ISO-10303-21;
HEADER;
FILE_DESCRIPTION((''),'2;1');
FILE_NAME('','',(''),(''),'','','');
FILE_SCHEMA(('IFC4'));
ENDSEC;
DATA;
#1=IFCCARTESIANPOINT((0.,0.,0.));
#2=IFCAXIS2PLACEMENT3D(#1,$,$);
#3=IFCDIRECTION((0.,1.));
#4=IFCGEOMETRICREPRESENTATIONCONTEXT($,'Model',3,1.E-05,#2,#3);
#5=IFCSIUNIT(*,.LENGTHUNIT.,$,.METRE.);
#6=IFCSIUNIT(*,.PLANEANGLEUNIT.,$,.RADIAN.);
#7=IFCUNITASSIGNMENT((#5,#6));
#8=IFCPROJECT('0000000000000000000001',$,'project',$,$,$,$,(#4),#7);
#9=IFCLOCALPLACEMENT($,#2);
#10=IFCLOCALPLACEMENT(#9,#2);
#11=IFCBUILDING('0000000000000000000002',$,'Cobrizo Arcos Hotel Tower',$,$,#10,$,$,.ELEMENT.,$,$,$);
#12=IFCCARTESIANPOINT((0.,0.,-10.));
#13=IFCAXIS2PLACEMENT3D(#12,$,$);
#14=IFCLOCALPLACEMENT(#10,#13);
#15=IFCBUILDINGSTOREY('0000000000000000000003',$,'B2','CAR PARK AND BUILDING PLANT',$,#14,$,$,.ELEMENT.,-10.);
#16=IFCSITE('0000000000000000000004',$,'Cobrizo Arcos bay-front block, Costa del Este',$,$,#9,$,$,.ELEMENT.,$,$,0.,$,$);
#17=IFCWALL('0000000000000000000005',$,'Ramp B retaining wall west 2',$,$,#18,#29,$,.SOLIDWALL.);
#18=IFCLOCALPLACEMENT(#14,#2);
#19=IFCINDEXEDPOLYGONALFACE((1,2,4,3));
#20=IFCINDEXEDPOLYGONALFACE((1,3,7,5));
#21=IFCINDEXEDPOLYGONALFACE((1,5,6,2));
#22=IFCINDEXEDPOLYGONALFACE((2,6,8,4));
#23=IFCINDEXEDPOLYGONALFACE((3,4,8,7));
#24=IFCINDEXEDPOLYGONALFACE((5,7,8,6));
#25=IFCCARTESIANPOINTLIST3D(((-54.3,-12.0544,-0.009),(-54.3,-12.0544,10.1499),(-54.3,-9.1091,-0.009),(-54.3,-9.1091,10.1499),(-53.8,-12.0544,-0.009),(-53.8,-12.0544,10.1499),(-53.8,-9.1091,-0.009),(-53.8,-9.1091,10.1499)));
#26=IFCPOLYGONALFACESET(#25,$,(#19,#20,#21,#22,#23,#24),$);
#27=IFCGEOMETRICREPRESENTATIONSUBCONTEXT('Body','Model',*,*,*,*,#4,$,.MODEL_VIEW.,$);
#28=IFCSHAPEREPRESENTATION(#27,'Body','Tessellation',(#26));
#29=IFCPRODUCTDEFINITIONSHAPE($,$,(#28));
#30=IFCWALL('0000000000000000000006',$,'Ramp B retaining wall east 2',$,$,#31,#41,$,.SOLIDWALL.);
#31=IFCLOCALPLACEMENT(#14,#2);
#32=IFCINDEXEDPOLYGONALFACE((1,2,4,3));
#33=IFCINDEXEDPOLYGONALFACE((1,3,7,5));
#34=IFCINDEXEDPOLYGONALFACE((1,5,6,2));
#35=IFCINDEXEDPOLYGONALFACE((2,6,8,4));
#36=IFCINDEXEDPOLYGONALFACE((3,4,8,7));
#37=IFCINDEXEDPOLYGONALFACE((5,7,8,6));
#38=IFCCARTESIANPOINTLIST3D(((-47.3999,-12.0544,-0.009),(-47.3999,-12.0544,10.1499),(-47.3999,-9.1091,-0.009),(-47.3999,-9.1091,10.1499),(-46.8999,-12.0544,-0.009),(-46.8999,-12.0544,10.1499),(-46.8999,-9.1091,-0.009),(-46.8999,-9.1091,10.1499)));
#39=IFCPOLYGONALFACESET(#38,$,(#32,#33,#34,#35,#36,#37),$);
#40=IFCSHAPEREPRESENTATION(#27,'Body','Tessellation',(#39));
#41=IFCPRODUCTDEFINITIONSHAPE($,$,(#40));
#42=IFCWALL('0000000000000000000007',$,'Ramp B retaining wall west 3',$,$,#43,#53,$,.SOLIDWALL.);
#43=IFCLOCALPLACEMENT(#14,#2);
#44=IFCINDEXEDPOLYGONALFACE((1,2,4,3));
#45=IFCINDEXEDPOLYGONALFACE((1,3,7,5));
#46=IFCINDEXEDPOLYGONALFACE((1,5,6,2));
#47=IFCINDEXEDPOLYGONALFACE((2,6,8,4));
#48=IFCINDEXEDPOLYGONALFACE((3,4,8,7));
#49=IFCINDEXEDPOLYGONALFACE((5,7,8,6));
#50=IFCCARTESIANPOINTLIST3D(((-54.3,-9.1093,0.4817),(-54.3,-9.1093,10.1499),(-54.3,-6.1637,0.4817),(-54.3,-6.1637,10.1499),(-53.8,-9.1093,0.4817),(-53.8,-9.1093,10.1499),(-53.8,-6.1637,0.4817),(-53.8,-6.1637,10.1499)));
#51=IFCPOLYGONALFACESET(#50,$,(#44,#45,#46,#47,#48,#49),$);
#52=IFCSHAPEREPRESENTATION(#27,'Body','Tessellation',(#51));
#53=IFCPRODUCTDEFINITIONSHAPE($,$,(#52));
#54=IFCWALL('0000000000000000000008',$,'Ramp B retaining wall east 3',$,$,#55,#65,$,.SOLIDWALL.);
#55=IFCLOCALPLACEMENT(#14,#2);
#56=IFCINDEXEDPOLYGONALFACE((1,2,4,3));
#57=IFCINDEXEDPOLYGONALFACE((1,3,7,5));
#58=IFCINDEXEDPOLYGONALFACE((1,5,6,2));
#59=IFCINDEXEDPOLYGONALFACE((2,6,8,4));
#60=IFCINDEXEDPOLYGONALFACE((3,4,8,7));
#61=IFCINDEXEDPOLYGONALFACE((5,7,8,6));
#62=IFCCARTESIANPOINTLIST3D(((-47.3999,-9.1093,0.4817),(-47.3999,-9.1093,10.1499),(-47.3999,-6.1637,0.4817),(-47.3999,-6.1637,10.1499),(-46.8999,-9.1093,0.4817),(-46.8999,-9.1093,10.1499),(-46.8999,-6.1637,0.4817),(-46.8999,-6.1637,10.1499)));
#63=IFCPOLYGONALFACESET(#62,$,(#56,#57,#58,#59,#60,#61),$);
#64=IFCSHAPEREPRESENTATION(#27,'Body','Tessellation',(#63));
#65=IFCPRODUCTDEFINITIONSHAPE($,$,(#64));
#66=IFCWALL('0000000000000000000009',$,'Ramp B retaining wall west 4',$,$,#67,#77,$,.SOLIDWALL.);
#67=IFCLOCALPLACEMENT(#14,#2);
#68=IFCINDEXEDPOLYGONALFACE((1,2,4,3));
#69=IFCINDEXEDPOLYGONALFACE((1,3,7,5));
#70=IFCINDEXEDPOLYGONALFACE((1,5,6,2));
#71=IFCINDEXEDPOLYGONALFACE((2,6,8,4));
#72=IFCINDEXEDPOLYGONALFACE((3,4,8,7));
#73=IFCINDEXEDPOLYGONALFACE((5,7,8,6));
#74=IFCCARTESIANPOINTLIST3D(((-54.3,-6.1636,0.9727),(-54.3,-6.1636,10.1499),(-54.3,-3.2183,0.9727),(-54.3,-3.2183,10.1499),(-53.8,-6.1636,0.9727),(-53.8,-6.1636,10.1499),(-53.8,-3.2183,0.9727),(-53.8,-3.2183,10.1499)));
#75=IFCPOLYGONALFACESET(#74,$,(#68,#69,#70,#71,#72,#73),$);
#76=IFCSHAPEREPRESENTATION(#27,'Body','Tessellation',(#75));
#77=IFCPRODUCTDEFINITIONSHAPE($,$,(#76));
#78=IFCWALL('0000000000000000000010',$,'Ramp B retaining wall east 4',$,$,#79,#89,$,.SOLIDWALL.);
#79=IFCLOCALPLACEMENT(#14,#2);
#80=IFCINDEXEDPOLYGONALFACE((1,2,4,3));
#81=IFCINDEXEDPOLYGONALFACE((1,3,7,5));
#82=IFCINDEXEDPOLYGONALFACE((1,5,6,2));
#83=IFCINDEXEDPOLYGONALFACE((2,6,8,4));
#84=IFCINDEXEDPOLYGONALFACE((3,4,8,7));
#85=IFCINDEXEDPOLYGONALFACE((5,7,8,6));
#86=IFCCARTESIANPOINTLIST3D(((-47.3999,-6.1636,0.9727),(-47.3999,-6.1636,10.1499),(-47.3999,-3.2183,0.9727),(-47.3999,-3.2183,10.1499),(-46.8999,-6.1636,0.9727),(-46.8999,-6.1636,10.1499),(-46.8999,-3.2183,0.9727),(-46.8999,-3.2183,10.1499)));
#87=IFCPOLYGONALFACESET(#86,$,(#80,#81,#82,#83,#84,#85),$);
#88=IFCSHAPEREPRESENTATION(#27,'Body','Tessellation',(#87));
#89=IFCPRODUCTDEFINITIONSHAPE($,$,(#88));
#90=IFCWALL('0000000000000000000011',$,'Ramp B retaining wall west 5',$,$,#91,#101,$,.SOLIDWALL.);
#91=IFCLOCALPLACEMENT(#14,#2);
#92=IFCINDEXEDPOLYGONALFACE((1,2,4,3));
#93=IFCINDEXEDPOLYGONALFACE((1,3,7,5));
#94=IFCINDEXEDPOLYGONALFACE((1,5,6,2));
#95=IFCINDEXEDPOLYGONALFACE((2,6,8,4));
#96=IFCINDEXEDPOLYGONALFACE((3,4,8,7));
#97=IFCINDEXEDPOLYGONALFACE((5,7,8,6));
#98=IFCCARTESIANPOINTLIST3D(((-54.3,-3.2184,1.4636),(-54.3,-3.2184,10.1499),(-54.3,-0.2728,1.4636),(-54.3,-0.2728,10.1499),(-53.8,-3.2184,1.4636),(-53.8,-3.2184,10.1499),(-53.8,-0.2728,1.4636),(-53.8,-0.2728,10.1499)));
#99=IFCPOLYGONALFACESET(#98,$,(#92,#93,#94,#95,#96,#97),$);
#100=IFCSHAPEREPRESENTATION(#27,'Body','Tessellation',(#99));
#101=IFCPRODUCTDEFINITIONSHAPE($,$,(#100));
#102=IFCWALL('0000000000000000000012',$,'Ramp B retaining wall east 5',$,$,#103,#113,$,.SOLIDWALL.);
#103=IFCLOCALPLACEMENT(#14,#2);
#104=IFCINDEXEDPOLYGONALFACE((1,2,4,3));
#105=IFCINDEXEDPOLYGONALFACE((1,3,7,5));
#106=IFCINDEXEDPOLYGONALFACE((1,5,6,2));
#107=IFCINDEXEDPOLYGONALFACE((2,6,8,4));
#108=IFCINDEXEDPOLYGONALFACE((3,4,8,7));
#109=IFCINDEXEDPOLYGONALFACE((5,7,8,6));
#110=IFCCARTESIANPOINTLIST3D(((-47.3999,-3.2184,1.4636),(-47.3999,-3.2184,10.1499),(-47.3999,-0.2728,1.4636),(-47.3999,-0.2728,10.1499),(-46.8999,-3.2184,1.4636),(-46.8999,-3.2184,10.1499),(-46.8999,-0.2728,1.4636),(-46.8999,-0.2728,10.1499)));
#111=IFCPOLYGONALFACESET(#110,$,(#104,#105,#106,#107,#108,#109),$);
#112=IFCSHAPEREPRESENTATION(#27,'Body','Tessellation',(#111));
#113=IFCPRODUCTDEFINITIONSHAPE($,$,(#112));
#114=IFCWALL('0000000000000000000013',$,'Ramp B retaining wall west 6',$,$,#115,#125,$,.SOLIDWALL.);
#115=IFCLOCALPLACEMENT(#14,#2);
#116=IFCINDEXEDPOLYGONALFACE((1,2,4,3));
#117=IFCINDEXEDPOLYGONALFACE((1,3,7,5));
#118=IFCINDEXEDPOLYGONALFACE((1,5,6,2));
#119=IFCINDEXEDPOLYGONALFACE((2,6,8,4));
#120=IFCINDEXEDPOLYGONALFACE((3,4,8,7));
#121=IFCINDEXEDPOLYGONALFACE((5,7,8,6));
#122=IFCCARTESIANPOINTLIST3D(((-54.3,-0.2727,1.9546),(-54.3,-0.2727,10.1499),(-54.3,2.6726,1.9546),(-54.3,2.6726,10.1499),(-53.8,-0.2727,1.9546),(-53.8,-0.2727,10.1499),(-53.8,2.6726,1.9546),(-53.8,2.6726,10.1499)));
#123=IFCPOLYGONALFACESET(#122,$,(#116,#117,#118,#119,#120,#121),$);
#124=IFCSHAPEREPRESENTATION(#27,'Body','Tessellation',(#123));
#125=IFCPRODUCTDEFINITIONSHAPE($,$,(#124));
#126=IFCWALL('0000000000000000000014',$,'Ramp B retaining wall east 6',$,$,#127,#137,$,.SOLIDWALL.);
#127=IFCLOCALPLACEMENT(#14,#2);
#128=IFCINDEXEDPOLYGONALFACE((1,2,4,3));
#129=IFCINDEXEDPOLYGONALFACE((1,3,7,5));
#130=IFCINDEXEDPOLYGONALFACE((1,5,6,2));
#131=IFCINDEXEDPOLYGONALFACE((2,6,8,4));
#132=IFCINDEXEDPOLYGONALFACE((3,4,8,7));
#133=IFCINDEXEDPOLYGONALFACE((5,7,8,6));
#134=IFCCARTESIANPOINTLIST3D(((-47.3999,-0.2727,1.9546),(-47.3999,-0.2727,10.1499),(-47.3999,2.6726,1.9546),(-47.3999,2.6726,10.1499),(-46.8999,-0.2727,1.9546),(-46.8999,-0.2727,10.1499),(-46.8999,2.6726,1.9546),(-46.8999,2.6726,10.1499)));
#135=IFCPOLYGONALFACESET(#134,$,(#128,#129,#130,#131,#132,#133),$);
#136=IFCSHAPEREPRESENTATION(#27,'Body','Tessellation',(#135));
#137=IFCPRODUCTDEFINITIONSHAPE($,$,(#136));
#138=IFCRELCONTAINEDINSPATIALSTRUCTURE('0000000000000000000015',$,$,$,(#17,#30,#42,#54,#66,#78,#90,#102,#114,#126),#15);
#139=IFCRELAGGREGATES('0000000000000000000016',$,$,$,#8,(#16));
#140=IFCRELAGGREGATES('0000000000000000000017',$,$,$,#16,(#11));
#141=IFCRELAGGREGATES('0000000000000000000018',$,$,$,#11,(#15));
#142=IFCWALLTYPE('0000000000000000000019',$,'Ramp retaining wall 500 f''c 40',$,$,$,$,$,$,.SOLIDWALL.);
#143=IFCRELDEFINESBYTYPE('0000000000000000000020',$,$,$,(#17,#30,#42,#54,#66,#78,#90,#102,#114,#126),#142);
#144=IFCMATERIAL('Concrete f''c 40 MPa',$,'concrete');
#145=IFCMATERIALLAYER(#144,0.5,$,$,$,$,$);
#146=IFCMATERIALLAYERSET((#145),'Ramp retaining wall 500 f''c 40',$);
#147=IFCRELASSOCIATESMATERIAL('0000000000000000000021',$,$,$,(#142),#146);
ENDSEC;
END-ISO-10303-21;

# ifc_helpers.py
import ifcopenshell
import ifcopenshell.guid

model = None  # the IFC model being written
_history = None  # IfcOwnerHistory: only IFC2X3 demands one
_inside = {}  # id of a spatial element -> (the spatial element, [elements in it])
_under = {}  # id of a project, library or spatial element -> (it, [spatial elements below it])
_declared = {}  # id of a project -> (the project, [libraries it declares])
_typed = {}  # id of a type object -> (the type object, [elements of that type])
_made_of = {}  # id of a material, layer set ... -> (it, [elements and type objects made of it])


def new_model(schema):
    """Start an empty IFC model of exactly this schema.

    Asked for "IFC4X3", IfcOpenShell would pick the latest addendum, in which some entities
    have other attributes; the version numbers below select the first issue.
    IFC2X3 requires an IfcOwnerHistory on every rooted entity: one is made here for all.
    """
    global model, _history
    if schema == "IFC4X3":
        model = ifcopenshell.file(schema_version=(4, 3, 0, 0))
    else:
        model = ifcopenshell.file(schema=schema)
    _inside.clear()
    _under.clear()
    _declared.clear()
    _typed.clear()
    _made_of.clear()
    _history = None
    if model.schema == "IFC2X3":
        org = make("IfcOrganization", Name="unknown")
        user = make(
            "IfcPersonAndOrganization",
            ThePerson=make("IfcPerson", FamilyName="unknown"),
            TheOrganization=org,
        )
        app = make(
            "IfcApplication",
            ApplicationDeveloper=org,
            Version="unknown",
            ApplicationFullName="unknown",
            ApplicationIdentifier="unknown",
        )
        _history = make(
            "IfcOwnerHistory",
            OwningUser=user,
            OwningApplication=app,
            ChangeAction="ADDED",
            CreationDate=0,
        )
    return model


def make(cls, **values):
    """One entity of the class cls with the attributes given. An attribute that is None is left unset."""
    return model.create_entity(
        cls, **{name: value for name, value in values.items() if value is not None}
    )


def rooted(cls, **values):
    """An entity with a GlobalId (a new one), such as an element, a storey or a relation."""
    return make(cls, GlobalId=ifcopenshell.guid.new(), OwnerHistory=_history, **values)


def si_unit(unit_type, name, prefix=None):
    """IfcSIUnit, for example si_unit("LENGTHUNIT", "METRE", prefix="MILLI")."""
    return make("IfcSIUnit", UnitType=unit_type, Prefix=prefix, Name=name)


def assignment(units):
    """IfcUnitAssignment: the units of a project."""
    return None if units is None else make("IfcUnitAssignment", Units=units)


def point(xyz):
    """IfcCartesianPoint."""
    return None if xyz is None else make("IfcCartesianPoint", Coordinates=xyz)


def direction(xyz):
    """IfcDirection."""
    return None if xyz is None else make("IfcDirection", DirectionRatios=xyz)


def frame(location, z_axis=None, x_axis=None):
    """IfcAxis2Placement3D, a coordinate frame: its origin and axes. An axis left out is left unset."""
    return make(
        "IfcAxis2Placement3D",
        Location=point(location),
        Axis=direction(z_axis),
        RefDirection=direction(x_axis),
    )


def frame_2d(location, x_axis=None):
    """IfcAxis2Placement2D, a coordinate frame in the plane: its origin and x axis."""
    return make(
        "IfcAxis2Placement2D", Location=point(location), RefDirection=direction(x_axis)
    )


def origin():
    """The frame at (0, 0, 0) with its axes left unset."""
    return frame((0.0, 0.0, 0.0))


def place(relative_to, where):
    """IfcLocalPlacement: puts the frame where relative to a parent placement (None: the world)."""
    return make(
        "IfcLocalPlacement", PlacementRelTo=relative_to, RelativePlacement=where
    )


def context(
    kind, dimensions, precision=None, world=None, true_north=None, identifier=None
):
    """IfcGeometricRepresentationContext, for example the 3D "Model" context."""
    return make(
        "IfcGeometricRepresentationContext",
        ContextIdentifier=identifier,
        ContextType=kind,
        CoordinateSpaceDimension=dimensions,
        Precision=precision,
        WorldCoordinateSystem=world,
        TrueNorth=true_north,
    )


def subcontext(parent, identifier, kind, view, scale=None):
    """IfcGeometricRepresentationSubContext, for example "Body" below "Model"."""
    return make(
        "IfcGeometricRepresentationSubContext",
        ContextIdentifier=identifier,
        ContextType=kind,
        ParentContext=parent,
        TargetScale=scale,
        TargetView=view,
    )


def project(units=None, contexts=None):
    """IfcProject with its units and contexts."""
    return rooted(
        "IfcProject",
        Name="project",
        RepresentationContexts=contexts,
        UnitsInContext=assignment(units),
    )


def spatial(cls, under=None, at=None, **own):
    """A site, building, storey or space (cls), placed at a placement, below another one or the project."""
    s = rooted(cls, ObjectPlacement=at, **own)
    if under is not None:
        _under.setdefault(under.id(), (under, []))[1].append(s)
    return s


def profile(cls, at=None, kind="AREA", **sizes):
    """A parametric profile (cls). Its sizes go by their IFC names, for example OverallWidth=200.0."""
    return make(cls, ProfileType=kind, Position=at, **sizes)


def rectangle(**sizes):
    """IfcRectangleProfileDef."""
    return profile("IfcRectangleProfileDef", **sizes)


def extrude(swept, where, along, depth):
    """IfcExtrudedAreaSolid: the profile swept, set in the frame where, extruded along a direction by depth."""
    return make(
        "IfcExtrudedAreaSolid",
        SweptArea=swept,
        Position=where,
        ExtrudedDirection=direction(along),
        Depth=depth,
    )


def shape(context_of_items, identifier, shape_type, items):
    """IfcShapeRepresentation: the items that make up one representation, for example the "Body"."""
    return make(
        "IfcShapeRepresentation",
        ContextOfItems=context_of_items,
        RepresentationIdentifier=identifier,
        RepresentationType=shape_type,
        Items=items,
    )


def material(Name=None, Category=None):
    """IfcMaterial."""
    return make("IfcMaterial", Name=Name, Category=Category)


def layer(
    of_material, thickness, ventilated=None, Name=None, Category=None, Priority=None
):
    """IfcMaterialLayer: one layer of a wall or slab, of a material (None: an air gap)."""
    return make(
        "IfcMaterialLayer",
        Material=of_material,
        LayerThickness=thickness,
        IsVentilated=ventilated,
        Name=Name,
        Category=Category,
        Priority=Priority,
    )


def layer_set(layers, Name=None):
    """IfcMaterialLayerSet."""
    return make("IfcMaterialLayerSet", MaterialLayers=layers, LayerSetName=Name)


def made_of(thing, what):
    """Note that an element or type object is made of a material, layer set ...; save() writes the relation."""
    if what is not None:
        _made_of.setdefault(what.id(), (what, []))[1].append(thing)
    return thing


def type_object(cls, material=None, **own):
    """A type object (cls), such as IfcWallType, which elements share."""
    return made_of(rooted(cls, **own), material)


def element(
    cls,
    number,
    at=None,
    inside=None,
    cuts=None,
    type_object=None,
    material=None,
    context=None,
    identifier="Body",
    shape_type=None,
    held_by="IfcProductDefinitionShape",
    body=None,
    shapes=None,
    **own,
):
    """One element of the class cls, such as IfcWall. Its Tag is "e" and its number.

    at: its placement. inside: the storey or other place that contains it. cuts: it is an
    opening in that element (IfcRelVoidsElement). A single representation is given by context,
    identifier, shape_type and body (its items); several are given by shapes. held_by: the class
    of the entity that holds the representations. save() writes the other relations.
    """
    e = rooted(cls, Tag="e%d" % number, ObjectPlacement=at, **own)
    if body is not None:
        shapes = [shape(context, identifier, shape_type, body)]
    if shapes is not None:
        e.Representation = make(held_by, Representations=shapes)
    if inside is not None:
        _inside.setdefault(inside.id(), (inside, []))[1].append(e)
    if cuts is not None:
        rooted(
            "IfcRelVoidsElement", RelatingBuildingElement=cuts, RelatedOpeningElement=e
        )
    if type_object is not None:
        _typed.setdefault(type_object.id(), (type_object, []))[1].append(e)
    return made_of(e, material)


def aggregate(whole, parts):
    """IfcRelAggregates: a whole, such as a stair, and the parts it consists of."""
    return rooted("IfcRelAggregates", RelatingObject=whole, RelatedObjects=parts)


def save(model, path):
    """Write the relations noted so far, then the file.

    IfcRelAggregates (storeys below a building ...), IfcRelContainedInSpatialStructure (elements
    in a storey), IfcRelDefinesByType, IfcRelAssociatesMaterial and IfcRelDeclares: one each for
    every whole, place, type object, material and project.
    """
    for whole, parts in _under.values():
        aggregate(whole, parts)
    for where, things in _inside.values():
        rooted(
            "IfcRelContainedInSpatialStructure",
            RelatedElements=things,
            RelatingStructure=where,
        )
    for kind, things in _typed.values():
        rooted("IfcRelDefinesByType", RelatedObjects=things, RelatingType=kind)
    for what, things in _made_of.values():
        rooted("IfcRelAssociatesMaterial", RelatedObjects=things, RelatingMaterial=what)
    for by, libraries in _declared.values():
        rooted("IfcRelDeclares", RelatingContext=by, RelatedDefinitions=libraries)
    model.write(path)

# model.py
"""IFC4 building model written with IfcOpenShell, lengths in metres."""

from ifc_helpers import new_model, si_unit, direction, frame, frame_2d, origin, place, context, subcontext, project, spatial, rectangle, extrude, material, layer, layer_set, type_object, element, save


model = new_model("IFC4")

# Units and contexts
model_context = context("Model", 3, precision=1e-05, world=origin(), true_north=direction((0.0, 1.0)))
body_context = subcontext(model_context, "Body", "Model", "MODEL_VIEW")
ifc_project = project(units=[si_unit("LENGTHUNIT", "METRE"), si_unit("PLANEANGLEUNIT", "RADIAN")], contexts=[model_context])

# Site, building, storey
site_placement = place(None, origin())
site = spatial("IfcSite", under=ifc_project, at=site_placement, Name="Cobrizo Arcos bay-front block, Costa del Este", CompositionType="ELEMENT", RefElevation=0.0)
building_placement = place(site_placement, origin())
building = spatial("IfcBuilding", under=site, at=building_placement, Name="Cobrizo Arcos Hotel Tower", CompositionType="ELEMENT")
storey_placement = place(building_placement, frame((0.0, 0.0, -10.0)))
storey = spatial("IfcBuildingStorey", under=building, at=storey_placement, Name="B2", Description="CAR PARK AND BUILDING PLANT", CompositionType="ELEMENT", Elevation=-10.0)

# Shared definitions
ifc_material_1 = material(Name="Concrete f'c 40 MPa", Category="concrete")

# Walls
ifc_layer_1 = layer(ifc_material_1, 0.5)
ifc_layer_set_1 = layer_set([ifc_layer_1], Name="Ramp retaining wall 500 f'c 40")
wall_type_1 = type_object("IfcWallType", Name="Ramp retaining wall 500 f'c 40", PredefinedType="SOLIDWALL", material=ifc_layer_set_1)
for number, where, z_axis, x_axis, name in (
    (1, (-54.05, -12.0544, -0.009), (0.0, 0.0, 1.0), (0.0, 1.0, 0.0), "Ramp B retaining wall west 2"),
    (2, (-47.1499, -12.0544, -0.009), (0.0, 0.0, 1.0), (0.0, 1.0, 0.0), "Ramp B retaining wall east 2"),
):
    element("IfcWall", number, at=place(storey_placement, frame(where, z_axis=z_axis, x_axis=x_axis)), inside=storey, type_object=wall_type_1, Name=name, PredefinedType="SOLIDWALL", context=body_context, shape_type="SweptSolid", body=[
        extrude(rectangle(XDim=2.9453, YDim=0.5, at=frame_2d((1.4727, 0.0))), origin(), (0.0, 0.0, 1.0), 10.1589),
    ])
for number, where, z_axis, x_axis, name in (
    (3, (-54.05, -9.1091, 0.4817), (0.0, 0.0, 1.0), (0.0, 1.0, 0.0), "Ramp B retaining wall west 3"),
    (4, (-47.1499, -9.1091, 0.4817), (0.0, 0.0, 1.0), (0.0, 1.0, 0.0), "Ramp B retaining wall east 3"),
):
    element("IfcWall", number, at=place(storey_placement, frame(where, z_axis=z_axis, x_axis=x_axis)), inside=storey, type_object=wall_type_1, Name=name, PredefinedType="SOLIDWALL", context=body_context, shape_type="SweptSolid", body=[
        extrude(rectangle(XDim=2.9456, YDim=0.5, at=frame_2d((1.4727, 0.0))), origin(), (0.0, 0.0, 1.0), 9.6682),
    ])
for number, where, z_axis, x_axis, name in (
    (5, (-54.05, -6.1636, 0.9727), (0.0, 0.0, 1.0), (0.0, 1.0, 0.0), "Ramp B retaining wall west 4"),
    (6, (-47.1499, -6.1636, 0.9727), (0.0, 0.0, 1.0), (0.0, 1.0, 0.0), "Ramp B retaining wall east 4"),
):
    element("IfcWall", number, at=place(storey_placement, frame(where, z_axis=z_axis, x_axis=x_axis)), inside=storey, type_object=wall_type_1, Name=name, PredefinedType="SOLIDWALL", context=body_context, shape_type="SweptSolid", body=[
        extrude(rectangle(XDim=2.9453, YDim=0.5, at=frame_2d((1.4727, 0.0))), origin(), (0.0, 0.0, 1.0), 9.1772),
    ])
for number, where, z_axis, x_axis, name in (
    (7, (-54.05, -3.2183, 1.4636), (0.0, 0.0, 1.0), (0.0, 1.0, 0.0), "Ramp B retaining wall west 5"),
    (8, (-47.1499, -3.2183, 1.4636), (0.0, 0.0, 1.0), (0.0, 1.0, 0.0), "Ramp B retaining wall east 5"),
):
    element("IfcWall", number, at=place(storey_placement, frame(where, z_axis=z_axis, x_axis=x_axis)), inside=storey, type_object=wall_type_1, Name=name, PredefinedType="SOLIDWALL", context=body_context, shape_type="SweptSolid", body=[
        extrude(rectangle(XDim=2.9456, YDim=0.5, at=frame_2d((1.4727, 0.0))), origin(), (0.0, 0.0, 1.0), 8.6863),
    ])
for number, where, z_axis, x_axis, name in (
    (9, (-54.05, -0.2727, 1.9546), (0.0, 0.0, 1.0), (0.0, 1.0, 0.0), "Ramp B retaining wall west 6"),
    (10, (-47.1499, -0.2727, 1.9546), (0.0, 0.0, 1.0), (0.0, 1.0, 0.0), "Ramp B retaining wall east 6"),
):
    element("IfcWall", number, at=place(storey_placement, frame(where, z_axis=z_axis, x_axis=x_axis)), inside=storey, type_object=wall_type_1, Name=name, PredefinedType="SOLIDWALL", context=body_context, shape_type="SweptSolid", body=[
        extrude(rectangle(XDim=2.9453, YDim=0.5, at=frame_2d((1.4727, 0.0))), origin(), (0.0, 0.0, 1.0), 8.1953),
    ])

save(model, "model.ifc")
